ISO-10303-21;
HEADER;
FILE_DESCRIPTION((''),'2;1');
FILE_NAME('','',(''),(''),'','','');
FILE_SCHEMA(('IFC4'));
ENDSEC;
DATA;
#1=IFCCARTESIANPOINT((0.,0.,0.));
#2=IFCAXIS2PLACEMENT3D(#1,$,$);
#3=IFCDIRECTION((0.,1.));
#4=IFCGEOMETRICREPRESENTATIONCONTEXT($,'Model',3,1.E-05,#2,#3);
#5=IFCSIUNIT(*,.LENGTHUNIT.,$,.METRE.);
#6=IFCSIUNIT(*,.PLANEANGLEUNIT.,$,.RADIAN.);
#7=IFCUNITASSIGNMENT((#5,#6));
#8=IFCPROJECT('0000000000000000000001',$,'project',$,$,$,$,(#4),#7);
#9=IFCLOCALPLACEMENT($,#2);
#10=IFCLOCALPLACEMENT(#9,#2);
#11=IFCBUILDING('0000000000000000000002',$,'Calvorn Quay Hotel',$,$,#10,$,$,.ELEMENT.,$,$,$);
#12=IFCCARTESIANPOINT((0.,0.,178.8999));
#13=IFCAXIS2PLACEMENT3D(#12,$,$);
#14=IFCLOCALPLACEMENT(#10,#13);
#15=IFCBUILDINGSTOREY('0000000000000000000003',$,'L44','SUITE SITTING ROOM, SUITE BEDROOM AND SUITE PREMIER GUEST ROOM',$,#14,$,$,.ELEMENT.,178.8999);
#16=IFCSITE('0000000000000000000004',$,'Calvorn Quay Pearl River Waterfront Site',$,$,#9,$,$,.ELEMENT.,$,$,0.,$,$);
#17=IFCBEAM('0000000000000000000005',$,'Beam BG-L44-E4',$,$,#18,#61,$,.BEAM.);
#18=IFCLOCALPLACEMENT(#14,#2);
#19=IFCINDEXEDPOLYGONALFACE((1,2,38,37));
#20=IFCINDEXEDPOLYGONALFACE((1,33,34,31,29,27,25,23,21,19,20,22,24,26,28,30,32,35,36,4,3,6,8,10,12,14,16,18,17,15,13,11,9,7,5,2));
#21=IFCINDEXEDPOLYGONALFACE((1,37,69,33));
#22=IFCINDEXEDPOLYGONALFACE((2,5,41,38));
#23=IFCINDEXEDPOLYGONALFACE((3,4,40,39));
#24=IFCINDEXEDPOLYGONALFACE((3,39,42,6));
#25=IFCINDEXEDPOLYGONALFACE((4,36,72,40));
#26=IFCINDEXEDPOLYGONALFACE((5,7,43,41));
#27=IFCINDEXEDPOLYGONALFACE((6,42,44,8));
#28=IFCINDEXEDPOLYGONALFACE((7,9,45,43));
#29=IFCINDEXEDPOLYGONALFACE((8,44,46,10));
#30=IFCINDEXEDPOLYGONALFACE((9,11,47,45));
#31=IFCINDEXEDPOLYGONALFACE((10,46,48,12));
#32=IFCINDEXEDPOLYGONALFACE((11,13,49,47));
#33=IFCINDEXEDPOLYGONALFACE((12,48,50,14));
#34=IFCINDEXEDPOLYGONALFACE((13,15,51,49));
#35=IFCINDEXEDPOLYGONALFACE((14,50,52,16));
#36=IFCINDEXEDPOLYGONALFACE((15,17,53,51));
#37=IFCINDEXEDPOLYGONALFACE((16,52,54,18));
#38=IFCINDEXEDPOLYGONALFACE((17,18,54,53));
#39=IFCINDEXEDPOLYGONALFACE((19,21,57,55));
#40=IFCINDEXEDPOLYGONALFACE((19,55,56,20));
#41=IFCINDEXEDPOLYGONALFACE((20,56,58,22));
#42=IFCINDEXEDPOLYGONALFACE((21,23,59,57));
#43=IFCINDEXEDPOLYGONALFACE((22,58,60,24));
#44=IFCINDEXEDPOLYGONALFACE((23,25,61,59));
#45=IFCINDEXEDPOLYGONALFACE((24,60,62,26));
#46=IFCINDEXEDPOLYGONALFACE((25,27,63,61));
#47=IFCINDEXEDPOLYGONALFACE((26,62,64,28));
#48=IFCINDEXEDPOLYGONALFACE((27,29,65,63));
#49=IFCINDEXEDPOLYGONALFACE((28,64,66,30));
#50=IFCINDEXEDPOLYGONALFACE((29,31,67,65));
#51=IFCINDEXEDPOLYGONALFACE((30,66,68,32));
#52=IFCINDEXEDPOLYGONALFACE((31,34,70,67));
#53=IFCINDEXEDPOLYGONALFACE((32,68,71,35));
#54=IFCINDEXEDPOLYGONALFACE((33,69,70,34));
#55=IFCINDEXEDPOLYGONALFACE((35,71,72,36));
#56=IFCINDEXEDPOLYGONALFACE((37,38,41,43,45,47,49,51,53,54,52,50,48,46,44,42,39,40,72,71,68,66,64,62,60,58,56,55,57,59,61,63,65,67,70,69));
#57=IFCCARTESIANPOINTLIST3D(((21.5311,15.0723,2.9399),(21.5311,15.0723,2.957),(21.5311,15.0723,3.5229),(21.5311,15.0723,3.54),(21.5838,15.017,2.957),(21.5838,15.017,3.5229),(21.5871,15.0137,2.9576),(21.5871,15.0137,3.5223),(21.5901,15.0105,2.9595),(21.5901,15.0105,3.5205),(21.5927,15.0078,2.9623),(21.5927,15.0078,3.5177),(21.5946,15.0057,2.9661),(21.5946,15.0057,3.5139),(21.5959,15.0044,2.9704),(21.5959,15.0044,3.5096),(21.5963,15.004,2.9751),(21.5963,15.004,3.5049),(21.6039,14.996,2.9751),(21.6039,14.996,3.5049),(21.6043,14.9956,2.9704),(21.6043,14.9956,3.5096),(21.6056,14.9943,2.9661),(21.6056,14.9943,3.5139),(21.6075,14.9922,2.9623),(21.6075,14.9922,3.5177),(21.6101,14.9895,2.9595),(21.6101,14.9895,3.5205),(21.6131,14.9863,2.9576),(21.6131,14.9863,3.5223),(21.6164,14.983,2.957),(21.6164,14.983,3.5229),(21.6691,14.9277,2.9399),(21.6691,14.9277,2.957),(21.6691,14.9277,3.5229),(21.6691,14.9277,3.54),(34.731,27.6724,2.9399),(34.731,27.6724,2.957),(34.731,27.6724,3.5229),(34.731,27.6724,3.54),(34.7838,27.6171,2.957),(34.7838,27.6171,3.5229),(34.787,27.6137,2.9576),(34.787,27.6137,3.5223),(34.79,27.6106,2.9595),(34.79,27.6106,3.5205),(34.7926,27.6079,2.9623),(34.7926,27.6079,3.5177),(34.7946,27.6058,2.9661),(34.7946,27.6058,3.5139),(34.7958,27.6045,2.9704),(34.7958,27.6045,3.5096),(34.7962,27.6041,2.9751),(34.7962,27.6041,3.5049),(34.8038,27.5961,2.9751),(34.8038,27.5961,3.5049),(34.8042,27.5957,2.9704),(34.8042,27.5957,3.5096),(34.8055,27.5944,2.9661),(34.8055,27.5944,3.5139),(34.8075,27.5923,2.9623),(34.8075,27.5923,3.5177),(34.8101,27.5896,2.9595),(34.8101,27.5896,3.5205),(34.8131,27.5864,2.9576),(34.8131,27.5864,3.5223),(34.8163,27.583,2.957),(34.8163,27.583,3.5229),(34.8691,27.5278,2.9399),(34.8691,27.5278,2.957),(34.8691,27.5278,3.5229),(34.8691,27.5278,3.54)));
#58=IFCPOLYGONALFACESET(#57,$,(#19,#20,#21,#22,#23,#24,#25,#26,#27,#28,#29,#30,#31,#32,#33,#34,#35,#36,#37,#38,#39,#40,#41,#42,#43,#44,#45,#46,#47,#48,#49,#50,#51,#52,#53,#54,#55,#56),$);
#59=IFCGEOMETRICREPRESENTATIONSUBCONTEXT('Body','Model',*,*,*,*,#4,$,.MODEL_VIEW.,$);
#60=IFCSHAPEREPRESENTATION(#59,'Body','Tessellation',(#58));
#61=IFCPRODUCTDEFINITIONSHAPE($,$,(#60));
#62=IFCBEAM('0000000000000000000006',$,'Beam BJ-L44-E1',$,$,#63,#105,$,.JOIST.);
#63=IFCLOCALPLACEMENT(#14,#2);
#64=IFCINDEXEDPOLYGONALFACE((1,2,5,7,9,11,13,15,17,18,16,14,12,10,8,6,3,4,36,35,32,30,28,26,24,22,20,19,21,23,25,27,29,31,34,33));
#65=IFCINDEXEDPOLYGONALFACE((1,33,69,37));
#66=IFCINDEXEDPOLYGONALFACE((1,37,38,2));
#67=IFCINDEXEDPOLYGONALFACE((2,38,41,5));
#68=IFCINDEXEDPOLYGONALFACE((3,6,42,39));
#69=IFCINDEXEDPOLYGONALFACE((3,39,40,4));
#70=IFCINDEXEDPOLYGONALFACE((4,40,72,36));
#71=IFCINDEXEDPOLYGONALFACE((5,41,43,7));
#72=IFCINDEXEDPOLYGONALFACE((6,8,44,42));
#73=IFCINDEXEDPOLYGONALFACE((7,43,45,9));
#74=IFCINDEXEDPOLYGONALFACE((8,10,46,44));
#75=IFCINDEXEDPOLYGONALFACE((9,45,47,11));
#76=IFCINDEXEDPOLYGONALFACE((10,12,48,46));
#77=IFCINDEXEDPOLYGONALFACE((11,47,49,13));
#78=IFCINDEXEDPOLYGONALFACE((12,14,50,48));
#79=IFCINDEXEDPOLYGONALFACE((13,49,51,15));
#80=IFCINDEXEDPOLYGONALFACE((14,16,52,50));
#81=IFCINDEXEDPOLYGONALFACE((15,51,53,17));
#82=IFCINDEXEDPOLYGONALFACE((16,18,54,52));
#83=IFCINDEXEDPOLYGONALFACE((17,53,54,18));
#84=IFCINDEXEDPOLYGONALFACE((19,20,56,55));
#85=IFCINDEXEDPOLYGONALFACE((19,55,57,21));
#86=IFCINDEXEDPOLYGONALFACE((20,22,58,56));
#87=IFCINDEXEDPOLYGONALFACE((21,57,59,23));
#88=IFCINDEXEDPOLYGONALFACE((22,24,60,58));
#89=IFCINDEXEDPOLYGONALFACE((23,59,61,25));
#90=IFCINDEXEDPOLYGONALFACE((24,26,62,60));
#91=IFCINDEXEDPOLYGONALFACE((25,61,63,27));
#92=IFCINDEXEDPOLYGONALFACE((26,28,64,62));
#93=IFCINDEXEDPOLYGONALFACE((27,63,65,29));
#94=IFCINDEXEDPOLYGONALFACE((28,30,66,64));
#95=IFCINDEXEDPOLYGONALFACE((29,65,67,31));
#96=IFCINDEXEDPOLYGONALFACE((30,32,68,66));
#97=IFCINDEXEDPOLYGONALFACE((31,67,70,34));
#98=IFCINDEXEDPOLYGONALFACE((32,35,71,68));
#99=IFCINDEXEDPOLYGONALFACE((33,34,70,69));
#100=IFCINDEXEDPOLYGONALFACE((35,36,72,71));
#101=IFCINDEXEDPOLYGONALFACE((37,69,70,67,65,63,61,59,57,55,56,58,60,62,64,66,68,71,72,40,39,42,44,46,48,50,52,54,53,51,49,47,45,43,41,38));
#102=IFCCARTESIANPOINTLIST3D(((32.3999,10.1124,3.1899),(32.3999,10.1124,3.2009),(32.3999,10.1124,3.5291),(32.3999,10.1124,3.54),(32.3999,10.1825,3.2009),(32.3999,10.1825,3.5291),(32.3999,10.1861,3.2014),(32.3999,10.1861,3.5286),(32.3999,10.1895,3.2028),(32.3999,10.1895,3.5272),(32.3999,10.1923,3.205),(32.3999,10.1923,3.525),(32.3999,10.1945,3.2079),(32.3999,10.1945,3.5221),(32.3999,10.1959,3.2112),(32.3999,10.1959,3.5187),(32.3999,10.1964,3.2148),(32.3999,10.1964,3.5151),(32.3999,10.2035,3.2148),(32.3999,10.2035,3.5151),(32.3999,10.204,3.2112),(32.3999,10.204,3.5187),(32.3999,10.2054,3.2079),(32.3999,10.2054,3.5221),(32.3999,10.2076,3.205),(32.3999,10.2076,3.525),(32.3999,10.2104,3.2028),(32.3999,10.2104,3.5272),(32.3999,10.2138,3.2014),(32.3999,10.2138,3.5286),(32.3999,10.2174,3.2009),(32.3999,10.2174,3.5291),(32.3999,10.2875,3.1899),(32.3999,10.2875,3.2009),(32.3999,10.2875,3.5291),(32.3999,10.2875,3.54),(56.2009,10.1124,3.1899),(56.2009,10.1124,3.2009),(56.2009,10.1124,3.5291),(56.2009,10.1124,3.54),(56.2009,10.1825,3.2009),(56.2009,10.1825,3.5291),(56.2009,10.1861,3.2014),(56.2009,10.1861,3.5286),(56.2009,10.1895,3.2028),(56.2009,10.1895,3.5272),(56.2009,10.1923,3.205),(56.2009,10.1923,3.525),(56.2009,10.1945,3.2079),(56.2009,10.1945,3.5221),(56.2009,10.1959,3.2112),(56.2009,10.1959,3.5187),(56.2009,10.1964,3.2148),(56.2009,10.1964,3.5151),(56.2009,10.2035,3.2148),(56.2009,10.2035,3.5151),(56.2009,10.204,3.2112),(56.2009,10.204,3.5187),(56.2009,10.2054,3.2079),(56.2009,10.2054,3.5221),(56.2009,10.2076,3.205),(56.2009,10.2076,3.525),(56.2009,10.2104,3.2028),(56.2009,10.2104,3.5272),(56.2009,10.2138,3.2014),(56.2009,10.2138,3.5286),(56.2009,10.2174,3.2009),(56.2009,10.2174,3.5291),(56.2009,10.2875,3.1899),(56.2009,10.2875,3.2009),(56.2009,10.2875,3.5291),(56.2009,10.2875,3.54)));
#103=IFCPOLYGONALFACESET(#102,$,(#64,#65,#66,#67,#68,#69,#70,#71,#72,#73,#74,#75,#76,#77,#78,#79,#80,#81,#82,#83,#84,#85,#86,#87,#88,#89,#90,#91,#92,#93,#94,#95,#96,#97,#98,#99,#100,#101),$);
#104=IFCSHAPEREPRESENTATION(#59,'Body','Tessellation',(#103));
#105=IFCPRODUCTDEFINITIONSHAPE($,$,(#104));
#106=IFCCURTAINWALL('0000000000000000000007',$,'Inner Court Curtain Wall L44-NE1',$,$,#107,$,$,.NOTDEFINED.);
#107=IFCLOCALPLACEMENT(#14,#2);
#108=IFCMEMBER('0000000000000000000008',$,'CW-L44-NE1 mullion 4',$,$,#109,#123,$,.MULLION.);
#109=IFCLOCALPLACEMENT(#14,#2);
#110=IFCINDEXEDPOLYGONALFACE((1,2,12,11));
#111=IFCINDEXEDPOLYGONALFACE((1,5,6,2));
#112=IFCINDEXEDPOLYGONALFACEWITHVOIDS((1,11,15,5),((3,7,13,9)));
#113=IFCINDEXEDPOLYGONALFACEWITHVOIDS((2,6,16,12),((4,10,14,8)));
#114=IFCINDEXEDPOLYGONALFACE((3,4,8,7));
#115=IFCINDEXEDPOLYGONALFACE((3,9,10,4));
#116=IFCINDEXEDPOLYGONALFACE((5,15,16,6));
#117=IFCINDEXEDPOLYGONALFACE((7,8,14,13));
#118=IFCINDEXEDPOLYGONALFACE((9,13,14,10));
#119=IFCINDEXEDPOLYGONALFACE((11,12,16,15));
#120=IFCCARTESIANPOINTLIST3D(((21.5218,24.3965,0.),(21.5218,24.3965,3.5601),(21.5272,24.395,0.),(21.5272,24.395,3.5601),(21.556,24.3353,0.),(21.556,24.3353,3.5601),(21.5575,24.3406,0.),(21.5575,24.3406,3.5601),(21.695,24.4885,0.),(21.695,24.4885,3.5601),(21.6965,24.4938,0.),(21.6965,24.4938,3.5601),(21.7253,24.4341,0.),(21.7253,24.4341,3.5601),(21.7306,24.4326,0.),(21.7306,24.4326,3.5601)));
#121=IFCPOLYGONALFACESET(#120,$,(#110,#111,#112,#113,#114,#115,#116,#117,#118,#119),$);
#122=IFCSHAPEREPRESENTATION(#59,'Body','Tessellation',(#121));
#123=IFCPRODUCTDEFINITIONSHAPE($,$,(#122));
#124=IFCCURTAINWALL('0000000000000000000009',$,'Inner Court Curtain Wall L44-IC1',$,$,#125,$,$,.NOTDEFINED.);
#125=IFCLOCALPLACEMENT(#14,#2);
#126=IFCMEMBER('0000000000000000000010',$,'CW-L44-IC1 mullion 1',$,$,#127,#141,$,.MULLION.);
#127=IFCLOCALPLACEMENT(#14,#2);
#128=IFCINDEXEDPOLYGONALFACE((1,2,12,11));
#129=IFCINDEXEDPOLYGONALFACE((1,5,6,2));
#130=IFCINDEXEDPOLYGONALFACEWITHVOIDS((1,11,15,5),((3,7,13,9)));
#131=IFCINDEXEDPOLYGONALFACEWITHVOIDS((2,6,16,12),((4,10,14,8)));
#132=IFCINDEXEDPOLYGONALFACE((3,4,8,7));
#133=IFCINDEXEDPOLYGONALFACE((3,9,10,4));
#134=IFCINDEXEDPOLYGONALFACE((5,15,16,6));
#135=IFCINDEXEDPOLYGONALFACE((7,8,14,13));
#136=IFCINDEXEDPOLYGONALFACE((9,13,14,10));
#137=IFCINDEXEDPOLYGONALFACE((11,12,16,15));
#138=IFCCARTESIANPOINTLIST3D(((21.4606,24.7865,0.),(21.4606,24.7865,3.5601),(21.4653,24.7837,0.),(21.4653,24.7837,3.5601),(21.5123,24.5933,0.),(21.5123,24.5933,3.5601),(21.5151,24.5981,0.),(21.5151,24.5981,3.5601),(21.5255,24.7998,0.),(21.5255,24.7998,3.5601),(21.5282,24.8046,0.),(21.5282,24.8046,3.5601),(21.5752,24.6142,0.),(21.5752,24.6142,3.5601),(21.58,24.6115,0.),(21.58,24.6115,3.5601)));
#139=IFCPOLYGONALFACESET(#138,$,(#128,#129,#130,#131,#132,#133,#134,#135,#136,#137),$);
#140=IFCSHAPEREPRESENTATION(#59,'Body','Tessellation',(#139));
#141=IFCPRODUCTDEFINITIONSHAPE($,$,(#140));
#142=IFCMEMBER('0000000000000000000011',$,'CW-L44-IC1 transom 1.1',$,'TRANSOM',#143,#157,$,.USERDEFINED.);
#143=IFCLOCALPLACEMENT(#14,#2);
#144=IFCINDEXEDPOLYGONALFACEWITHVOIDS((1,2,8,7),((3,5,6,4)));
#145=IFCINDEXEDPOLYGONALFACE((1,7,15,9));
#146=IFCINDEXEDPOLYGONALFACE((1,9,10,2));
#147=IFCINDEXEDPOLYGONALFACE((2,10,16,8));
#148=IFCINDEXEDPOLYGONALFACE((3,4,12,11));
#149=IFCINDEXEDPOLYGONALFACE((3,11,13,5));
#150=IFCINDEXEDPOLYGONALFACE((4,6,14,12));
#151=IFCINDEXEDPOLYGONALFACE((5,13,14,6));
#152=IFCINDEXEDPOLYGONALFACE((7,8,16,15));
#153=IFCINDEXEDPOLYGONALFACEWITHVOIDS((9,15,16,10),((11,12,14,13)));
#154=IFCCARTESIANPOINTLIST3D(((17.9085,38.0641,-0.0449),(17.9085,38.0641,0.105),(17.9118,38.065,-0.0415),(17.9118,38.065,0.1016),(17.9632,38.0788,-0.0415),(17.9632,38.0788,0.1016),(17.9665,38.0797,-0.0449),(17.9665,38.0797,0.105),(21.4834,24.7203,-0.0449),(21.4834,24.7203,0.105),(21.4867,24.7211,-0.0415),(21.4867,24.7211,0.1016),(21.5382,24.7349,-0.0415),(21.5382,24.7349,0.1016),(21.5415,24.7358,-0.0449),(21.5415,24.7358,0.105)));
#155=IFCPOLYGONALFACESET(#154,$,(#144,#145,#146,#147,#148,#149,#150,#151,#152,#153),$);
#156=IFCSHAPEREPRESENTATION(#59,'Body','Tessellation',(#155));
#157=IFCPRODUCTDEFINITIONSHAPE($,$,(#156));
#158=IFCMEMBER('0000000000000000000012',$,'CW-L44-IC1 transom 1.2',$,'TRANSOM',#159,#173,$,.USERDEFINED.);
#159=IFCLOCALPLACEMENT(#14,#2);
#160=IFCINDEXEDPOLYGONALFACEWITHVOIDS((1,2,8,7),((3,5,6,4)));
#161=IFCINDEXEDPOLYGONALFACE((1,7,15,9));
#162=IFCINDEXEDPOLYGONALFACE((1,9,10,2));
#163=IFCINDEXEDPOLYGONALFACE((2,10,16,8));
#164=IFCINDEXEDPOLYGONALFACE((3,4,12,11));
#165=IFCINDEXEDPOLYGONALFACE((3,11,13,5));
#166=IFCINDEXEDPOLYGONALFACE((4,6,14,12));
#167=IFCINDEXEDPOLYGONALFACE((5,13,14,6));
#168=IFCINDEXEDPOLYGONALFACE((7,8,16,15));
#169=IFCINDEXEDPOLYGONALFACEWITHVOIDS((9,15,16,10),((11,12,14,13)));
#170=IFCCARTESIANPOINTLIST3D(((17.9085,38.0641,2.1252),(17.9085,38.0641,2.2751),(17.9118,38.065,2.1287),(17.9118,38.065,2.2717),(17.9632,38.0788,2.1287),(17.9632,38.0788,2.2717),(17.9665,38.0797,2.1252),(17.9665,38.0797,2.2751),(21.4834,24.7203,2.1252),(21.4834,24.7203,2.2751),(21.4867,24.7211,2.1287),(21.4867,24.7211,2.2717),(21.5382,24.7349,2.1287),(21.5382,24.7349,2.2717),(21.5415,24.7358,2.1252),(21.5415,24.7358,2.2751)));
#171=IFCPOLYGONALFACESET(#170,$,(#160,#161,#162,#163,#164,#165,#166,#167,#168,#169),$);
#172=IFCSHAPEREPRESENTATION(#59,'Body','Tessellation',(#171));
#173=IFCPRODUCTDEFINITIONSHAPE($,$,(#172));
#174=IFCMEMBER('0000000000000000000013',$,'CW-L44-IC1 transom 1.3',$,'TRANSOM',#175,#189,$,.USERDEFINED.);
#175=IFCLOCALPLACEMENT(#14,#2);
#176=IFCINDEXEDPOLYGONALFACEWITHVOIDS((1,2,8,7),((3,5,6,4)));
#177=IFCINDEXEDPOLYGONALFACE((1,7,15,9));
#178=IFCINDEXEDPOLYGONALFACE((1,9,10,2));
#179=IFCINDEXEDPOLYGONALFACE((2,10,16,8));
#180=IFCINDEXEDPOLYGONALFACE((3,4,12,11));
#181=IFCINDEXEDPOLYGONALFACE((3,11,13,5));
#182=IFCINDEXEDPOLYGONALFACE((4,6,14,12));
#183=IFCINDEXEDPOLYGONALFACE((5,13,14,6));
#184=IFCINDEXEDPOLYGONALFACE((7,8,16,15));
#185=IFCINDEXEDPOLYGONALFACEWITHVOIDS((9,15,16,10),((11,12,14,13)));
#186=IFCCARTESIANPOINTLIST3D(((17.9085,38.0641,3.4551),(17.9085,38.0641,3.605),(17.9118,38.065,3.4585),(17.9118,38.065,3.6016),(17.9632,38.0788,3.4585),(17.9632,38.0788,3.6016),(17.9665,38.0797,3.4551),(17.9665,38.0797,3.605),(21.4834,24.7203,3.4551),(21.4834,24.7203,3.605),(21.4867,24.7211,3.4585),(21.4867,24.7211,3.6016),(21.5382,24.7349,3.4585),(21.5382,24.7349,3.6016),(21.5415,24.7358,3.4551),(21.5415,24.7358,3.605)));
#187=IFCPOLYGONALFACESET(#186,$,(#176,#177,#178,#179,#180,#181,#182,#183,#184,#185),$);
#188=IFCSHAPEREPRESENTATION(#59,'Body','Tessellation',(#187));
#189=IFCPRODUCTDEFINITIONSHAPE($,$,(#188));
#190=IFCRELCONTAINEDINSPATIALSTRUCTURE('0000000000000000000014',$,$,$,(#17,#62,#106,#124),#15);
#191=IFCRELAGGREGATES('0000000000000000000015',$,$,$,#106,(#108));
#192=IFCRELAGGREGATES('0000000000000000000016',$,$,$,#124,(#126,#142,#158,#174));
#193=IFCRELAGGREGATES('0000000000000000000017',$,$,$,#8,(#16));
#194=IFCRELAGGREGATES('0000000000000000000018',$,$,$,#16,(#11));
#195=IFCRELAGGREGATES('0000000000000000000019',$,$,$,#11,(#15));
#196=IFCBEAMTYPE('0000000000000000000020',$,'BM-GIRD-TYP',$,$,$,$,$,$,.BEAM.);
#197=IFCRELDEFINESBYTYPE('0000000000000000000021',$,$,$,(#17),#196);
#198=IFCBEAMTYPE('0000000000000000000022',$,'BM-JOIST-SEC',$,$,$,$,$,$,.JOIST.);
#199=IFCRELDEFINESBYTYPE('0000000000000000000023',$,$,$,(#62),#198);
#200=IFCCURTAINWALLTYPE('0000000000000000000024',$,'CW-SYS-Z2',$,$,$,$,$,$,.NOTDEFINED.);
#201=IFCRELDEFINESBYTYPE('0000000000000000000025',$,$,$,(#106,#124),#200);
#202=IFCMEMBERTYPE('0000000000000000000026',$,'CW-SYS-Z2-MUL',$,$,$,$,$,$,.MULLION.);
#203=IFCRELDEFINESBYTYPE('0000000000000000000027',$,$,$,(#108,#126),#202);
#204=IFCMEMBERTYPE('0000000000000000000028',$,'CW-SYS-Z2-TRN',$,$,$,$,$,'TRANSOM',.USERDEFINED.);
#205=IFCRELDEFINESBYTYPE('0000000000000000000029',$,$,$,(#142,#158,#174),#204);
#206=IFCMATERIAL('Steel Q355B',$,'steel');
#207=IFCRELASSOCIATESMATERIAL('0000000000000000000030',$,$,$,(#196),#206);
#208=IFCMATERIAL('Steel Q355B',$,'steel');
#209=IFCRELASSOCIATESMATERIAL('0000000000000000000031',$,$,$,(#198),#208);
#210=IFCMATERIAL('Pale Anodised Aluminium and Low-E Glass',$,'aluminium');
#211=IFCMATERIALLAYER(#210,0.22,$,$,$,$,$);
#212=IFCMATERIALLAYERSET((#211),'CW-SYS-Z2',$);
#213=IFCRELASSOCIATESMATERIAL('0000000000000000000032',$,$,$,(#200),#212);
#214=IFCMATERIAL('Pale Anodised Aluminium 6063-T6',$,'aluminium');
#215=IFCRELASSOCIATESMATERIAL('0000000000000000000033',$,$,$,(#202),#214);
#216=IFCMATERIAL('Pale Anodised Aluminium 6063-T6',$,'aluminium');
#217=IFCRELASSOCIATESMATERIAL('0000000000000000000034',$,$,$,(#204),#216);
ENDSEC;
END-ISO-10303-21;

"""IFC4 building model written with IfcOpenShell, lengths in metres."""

from ifc_helpers import new_model, si_unit, direction, frame, origin, origin_2d, place, context, subcontext, project, spatial, hollow_rectangle, i_section, extrude, material, layer, layer_set, material_profile, profile_set, type_object, element, aggregate, save


model = new_model("IFC4")

# Units and contexts
model_context = context("Model", 3, precision=1e-05, world=origin(), true_north=direction((0.0, 1.0)))
body_context = subcontext(model_context, "Body", "Model", "MODEL_VIEW")
ifc_project = project(units=[si_unit("LENGTHUNIT", "METRE"), si_unit("PLANEANGLEUNIT", "RADIAN")], contexts=[model_context])

# Site, building, storey
site_placement = place(None, origin())
site = spatial("IfcSite", under=ifc_project, at=site_placement, Name="Calvorn Quay Pearl River Waterfront Site", CompositionType="ELEMENT", RefElevation=0.0)
building_placement = place(site_placement, origin())
building = spatial("IfcBuilding", under=site, at=building_placement, Name="Calvorn Quay Hotel", CompositionType="ELEMENT")
storey_placement = place(building_placement, frame((0.0, 0.0, 178.8999)))
storey = spatial("IfcBuildingStorey", under=building, at=storey_placement, Name="L44", Description="SUITE SITTING ROOM, SUITE BEDROOM AND SUITE PREMIER GUEST ROOM", CompositionType="ELEMENT", Elevation=178.8999)

# Beams
ifc_material_1 = material(Name="Steel Q355B", Category="steel")
ifc_material_profile_1 = material_profile(ifc_material_1, i_section(OverallWidth=0.2, OverallDepth=0.6001, WebThickness=0.011, FlangeThickness=0.0171, FilletRadius=0.0181, at=origin_2d()), Name="HN600x200x11x17")
ifc_profile_set_1 = profile_set([ifc_material_profile_1], Name="Steel Q355B")
beam_type_1 = type_object("IfcBeamType", Name="BM-GIRD-TYP", PredefinedType="BEAM", material=ifc_profile_set_1)
beam_1_placement = place(storey_placement, frame((21.6001, 15.0, 3.24), z_axis=(0.723352, 0.69048, 0.0), x_axis=(-0.69048, 0.723352, 0.0)))
element("IfcBeam", 1, at=beam_1_placement, inside=storey, type_object=beam_type_1, Name="Beam BG-L44-E4", PredefinedType="BEAM", context=body_context, shape_type="SweptSolid", body=[
    extrude(i_section(OverallWidth=0.2, OverallDepth=0.6001, WebThickness=0.011, FlangeThickness=0.0171, FilletRadius=0.0181, at=origin_2d()), origin(), (0.0, 0.0, 1.0), 18.2483),
])
ifc_material_2 = material(Name="Steel Q355B", Category="steel")
ifc_material_profile_2 = material_profile(ifc_material_2, i_section(OverallWidth=0.175, OverallDepth=0.3501, WebThickness=0.0071, FlangeThickness=0.011, FilletRadius=0.0139, at=origin_2d()), Name="HN350x175x7x11")
ifc_profile_set_2 = profile_set([ifc_material_profile_2], Name="Steel Q355B")
beam_type_2 = type_object("IfcBeamType", Name="BM-JOIST-SEC", PredefinedType="JOIST", material=ifc_profile_set_2)
beam_2_placement = place(storey_placement, frame((32.3999, 10.2, 3.365), z_axis=(1.0, 0.0, 0.0), x_axis=(0.0, 1.0, 0.0)))
element("IfcBeam", 2, at=beam_2_placement, inside=storey, type_object=beam_type_2, Name="Beam BJ-L44-E1", PredefinedType="JOIST", context=body_context, shape_type="SweptSolid", body=[
    extrude(i_section(OverallWidth=0.175, OverallDepth=0.3501, WebThickness=0.0071, FlangeThickness=0.011, FilletRadius=0.0139, at=origin_2d()), origin(), (0.0, 0.0, 1.0), 23.801),
])

# Curtain wall, member
ifc_material_3 = material(Name="Pale Anodised Aluminium and Low-E Glass", Category="aluminium")
ifc_layer_1 = layer(ifc_material_3, 0.22)
ifc_layer_set_1 = layer_set([ifc_layer_1], Name="CW-SYS-Z2")
curtain_wall_type = type_object("IfcCurtainWallType", Name="CW-SYS-Z2", PredefinedType="NOTDEFINED", material=ifc_layer_set_1)
curtain_wall_1_placement = place(storey_placement, origin())
curtain_wall_1 = element("IfcCurtainWall", 3, at=curtain_wall_1_placement, inside=storey, type_object=curtain_wall_type, Name="Inner Court Curtain Wall L44-NE1", PredefinedType="NOTDEFINED")
ifc_material_4 = material(Name="Pale Anodised Aluminium 6063-T6", Category="aluminium")
ifc_material_profile_3 = material_profile(ifc_material_4, hollow_rectangle(XDim=0.0701, YDim=0.2, WallThickness=0.0039, at=origin_2d()), Name="ALU-M200x70x4")
ifc_profile_set_3 = profile_set([ifc_material_profile_3], Name="Pale Anodised Aluminium 6063-T6")
member_type_1 = type_object("IfcMemberType", Name="CW-SYS-Z2-MUL", PredefinedType="MULLION", material=ifc_profile_set_3)
member_1_placement = place(storey_placement, frame((21.6262, 24.4146, 0.0), z_axis=(0.0, 0.0, 1.0), x_axis=(0.486858, -0.873481, 0.0)))
member_1 = element("IfcMember", 4, at=member_1_placement, type_object=member_type_1, Name="CW-L44-NE1 mullion 4", PredefinedType="MULLION", context=body_context, shape_type="SweptSolid", body=[
    extrude(hollow_rectangle(XDim=0.0701, YDim=0.2, WallThickness=0.0039, at=origin_2d()), origin(), (0.0, 0.0, 1.0), 3.5601),
])
aggregate(curtain_wall_1, [member_1])

# Curtain wall, members
curtain_wall_2_placement = place(storey_placement, origin())
curtain_wall_2 = element("IfcCurtainWall", 5, at=curtain_wall_2_placement, inside=storey, type_object=curtain_wall_type, Name="Inner Court Curtain Wall L44-IC1", PredefinedType="NOTDEFINED")
member_2_placement = place(storey_placement, frame((21.5203, 24.699, 0.0), z_axis=(0.0, 0.0, 1.0), x_axis=(-0.965937, -0.258779, 0.0)))
member_2 = element("IfcMember", 6, at=member_2_placement, type_object=member_type_1, Name="CW-L44-IC1 mullion 1", PredefinedType="MULLION", context=body_context, shape_type="SweptSolid", body=[
    extrude(hollow_rectangle(XDim=0.0701, YDim=0.2, WallThickness=0.0039, at=origin_2d()), origin(), (0.0, 0.0, 1.0), 3.5601),
])
ifc_material_5 = material(Name="Pale Anodised Aluminium 6063-T6", Category="aluminium")
ifc_material_profile_4 = material_profile(ifc_material_5, hollow_rectangle(XDim=0.0601, YDim=0.1499, WallThickness=0.0034, at=origin_2d()), Name="ALU-T150x60x3.5")
ifc_profile_set_4 = profile_set([ifc_material_profile_4], Name="Pale Anodised Aluminium 6063-T6")
member_type_2 = type_object("IfcMemberType", Name="CW-SYS-Z2-TRN", ElementType="TRANSOM", PredefinedType="USERDEFINED", material=ifc_profile_set_4)
member_3_placement = place(storey_placement, frame((21.5125, 24.728, 0.03), z_axis=(-0.258781, 0.965936, 0.0), x_axis=(-0.965936, -0.258781, 0.0)))
member_3 = element("IfcMember", 7, at=member_3_placement, type_object=member_type_2, Name="CW-L44-IC1 transom 1.1", ObjectType="TRANSOM", PredefinedType="USERDEFINED", context=body_context, shape_type="SweptSolid", body=[
    extrude(hollow_rectangle(XDim=0.0601, YDim=0.1499, WallThickness=0.0034, at=origin_2d()), origin(), (0.0, 0.0, 1.0), 13.8145),
])
member_4_placement = place(storey_placement, frame((21.5125, 24.728, 2.2002), z_axis=(-0.258781, 0.965936, 0.0), x_axis=(-0.965936, -0.258781, 0.0)))
member_4 = element("IfcMember", 8, at=member_4_placement, type_object=member_type_2, Name="CW-L44-IC1 transom 1.2", ObjectType="TRANSOM", PredefinedType="USERDEFINED", context=body_context, shape_type="SweptSolid", body=[
    extrude(hollow_rectangle(XDim=0.0601, YDim=0.1499, WallThickness=0.0034, at=origin_2d()), origin(), (0.0, 0.0, 1.0), 13.8145),
])
member_5_placement = place(storey_placement, frame((21.5125, 24.728, 3.53), z_axis=(-0.258781, 0.965936, 0.0), x_axis=(-0.965936, -0.258781, 0.0)))
member_5 = element("IfcMember", 9, at=member_5_placement, type_object=member_type_2, Name="CW-L44-IC1 transom 1.3", ObjectType="TRANSOM", PredefinedType="USERDEFINED", context=body_context, shape_type="SweptSolid", body=[
    extrude(hollow_rectangle(XDim=0.0601, YDim=0.1499, WallThickness=0.0034, at=origin_2d()), origin(), (0.0, 0.0, 1.0), 13.8145),
])
aggregate(curtain_wall_2, [member_2, member_3, member_4, member_5])

save(model, "model.ifc")
